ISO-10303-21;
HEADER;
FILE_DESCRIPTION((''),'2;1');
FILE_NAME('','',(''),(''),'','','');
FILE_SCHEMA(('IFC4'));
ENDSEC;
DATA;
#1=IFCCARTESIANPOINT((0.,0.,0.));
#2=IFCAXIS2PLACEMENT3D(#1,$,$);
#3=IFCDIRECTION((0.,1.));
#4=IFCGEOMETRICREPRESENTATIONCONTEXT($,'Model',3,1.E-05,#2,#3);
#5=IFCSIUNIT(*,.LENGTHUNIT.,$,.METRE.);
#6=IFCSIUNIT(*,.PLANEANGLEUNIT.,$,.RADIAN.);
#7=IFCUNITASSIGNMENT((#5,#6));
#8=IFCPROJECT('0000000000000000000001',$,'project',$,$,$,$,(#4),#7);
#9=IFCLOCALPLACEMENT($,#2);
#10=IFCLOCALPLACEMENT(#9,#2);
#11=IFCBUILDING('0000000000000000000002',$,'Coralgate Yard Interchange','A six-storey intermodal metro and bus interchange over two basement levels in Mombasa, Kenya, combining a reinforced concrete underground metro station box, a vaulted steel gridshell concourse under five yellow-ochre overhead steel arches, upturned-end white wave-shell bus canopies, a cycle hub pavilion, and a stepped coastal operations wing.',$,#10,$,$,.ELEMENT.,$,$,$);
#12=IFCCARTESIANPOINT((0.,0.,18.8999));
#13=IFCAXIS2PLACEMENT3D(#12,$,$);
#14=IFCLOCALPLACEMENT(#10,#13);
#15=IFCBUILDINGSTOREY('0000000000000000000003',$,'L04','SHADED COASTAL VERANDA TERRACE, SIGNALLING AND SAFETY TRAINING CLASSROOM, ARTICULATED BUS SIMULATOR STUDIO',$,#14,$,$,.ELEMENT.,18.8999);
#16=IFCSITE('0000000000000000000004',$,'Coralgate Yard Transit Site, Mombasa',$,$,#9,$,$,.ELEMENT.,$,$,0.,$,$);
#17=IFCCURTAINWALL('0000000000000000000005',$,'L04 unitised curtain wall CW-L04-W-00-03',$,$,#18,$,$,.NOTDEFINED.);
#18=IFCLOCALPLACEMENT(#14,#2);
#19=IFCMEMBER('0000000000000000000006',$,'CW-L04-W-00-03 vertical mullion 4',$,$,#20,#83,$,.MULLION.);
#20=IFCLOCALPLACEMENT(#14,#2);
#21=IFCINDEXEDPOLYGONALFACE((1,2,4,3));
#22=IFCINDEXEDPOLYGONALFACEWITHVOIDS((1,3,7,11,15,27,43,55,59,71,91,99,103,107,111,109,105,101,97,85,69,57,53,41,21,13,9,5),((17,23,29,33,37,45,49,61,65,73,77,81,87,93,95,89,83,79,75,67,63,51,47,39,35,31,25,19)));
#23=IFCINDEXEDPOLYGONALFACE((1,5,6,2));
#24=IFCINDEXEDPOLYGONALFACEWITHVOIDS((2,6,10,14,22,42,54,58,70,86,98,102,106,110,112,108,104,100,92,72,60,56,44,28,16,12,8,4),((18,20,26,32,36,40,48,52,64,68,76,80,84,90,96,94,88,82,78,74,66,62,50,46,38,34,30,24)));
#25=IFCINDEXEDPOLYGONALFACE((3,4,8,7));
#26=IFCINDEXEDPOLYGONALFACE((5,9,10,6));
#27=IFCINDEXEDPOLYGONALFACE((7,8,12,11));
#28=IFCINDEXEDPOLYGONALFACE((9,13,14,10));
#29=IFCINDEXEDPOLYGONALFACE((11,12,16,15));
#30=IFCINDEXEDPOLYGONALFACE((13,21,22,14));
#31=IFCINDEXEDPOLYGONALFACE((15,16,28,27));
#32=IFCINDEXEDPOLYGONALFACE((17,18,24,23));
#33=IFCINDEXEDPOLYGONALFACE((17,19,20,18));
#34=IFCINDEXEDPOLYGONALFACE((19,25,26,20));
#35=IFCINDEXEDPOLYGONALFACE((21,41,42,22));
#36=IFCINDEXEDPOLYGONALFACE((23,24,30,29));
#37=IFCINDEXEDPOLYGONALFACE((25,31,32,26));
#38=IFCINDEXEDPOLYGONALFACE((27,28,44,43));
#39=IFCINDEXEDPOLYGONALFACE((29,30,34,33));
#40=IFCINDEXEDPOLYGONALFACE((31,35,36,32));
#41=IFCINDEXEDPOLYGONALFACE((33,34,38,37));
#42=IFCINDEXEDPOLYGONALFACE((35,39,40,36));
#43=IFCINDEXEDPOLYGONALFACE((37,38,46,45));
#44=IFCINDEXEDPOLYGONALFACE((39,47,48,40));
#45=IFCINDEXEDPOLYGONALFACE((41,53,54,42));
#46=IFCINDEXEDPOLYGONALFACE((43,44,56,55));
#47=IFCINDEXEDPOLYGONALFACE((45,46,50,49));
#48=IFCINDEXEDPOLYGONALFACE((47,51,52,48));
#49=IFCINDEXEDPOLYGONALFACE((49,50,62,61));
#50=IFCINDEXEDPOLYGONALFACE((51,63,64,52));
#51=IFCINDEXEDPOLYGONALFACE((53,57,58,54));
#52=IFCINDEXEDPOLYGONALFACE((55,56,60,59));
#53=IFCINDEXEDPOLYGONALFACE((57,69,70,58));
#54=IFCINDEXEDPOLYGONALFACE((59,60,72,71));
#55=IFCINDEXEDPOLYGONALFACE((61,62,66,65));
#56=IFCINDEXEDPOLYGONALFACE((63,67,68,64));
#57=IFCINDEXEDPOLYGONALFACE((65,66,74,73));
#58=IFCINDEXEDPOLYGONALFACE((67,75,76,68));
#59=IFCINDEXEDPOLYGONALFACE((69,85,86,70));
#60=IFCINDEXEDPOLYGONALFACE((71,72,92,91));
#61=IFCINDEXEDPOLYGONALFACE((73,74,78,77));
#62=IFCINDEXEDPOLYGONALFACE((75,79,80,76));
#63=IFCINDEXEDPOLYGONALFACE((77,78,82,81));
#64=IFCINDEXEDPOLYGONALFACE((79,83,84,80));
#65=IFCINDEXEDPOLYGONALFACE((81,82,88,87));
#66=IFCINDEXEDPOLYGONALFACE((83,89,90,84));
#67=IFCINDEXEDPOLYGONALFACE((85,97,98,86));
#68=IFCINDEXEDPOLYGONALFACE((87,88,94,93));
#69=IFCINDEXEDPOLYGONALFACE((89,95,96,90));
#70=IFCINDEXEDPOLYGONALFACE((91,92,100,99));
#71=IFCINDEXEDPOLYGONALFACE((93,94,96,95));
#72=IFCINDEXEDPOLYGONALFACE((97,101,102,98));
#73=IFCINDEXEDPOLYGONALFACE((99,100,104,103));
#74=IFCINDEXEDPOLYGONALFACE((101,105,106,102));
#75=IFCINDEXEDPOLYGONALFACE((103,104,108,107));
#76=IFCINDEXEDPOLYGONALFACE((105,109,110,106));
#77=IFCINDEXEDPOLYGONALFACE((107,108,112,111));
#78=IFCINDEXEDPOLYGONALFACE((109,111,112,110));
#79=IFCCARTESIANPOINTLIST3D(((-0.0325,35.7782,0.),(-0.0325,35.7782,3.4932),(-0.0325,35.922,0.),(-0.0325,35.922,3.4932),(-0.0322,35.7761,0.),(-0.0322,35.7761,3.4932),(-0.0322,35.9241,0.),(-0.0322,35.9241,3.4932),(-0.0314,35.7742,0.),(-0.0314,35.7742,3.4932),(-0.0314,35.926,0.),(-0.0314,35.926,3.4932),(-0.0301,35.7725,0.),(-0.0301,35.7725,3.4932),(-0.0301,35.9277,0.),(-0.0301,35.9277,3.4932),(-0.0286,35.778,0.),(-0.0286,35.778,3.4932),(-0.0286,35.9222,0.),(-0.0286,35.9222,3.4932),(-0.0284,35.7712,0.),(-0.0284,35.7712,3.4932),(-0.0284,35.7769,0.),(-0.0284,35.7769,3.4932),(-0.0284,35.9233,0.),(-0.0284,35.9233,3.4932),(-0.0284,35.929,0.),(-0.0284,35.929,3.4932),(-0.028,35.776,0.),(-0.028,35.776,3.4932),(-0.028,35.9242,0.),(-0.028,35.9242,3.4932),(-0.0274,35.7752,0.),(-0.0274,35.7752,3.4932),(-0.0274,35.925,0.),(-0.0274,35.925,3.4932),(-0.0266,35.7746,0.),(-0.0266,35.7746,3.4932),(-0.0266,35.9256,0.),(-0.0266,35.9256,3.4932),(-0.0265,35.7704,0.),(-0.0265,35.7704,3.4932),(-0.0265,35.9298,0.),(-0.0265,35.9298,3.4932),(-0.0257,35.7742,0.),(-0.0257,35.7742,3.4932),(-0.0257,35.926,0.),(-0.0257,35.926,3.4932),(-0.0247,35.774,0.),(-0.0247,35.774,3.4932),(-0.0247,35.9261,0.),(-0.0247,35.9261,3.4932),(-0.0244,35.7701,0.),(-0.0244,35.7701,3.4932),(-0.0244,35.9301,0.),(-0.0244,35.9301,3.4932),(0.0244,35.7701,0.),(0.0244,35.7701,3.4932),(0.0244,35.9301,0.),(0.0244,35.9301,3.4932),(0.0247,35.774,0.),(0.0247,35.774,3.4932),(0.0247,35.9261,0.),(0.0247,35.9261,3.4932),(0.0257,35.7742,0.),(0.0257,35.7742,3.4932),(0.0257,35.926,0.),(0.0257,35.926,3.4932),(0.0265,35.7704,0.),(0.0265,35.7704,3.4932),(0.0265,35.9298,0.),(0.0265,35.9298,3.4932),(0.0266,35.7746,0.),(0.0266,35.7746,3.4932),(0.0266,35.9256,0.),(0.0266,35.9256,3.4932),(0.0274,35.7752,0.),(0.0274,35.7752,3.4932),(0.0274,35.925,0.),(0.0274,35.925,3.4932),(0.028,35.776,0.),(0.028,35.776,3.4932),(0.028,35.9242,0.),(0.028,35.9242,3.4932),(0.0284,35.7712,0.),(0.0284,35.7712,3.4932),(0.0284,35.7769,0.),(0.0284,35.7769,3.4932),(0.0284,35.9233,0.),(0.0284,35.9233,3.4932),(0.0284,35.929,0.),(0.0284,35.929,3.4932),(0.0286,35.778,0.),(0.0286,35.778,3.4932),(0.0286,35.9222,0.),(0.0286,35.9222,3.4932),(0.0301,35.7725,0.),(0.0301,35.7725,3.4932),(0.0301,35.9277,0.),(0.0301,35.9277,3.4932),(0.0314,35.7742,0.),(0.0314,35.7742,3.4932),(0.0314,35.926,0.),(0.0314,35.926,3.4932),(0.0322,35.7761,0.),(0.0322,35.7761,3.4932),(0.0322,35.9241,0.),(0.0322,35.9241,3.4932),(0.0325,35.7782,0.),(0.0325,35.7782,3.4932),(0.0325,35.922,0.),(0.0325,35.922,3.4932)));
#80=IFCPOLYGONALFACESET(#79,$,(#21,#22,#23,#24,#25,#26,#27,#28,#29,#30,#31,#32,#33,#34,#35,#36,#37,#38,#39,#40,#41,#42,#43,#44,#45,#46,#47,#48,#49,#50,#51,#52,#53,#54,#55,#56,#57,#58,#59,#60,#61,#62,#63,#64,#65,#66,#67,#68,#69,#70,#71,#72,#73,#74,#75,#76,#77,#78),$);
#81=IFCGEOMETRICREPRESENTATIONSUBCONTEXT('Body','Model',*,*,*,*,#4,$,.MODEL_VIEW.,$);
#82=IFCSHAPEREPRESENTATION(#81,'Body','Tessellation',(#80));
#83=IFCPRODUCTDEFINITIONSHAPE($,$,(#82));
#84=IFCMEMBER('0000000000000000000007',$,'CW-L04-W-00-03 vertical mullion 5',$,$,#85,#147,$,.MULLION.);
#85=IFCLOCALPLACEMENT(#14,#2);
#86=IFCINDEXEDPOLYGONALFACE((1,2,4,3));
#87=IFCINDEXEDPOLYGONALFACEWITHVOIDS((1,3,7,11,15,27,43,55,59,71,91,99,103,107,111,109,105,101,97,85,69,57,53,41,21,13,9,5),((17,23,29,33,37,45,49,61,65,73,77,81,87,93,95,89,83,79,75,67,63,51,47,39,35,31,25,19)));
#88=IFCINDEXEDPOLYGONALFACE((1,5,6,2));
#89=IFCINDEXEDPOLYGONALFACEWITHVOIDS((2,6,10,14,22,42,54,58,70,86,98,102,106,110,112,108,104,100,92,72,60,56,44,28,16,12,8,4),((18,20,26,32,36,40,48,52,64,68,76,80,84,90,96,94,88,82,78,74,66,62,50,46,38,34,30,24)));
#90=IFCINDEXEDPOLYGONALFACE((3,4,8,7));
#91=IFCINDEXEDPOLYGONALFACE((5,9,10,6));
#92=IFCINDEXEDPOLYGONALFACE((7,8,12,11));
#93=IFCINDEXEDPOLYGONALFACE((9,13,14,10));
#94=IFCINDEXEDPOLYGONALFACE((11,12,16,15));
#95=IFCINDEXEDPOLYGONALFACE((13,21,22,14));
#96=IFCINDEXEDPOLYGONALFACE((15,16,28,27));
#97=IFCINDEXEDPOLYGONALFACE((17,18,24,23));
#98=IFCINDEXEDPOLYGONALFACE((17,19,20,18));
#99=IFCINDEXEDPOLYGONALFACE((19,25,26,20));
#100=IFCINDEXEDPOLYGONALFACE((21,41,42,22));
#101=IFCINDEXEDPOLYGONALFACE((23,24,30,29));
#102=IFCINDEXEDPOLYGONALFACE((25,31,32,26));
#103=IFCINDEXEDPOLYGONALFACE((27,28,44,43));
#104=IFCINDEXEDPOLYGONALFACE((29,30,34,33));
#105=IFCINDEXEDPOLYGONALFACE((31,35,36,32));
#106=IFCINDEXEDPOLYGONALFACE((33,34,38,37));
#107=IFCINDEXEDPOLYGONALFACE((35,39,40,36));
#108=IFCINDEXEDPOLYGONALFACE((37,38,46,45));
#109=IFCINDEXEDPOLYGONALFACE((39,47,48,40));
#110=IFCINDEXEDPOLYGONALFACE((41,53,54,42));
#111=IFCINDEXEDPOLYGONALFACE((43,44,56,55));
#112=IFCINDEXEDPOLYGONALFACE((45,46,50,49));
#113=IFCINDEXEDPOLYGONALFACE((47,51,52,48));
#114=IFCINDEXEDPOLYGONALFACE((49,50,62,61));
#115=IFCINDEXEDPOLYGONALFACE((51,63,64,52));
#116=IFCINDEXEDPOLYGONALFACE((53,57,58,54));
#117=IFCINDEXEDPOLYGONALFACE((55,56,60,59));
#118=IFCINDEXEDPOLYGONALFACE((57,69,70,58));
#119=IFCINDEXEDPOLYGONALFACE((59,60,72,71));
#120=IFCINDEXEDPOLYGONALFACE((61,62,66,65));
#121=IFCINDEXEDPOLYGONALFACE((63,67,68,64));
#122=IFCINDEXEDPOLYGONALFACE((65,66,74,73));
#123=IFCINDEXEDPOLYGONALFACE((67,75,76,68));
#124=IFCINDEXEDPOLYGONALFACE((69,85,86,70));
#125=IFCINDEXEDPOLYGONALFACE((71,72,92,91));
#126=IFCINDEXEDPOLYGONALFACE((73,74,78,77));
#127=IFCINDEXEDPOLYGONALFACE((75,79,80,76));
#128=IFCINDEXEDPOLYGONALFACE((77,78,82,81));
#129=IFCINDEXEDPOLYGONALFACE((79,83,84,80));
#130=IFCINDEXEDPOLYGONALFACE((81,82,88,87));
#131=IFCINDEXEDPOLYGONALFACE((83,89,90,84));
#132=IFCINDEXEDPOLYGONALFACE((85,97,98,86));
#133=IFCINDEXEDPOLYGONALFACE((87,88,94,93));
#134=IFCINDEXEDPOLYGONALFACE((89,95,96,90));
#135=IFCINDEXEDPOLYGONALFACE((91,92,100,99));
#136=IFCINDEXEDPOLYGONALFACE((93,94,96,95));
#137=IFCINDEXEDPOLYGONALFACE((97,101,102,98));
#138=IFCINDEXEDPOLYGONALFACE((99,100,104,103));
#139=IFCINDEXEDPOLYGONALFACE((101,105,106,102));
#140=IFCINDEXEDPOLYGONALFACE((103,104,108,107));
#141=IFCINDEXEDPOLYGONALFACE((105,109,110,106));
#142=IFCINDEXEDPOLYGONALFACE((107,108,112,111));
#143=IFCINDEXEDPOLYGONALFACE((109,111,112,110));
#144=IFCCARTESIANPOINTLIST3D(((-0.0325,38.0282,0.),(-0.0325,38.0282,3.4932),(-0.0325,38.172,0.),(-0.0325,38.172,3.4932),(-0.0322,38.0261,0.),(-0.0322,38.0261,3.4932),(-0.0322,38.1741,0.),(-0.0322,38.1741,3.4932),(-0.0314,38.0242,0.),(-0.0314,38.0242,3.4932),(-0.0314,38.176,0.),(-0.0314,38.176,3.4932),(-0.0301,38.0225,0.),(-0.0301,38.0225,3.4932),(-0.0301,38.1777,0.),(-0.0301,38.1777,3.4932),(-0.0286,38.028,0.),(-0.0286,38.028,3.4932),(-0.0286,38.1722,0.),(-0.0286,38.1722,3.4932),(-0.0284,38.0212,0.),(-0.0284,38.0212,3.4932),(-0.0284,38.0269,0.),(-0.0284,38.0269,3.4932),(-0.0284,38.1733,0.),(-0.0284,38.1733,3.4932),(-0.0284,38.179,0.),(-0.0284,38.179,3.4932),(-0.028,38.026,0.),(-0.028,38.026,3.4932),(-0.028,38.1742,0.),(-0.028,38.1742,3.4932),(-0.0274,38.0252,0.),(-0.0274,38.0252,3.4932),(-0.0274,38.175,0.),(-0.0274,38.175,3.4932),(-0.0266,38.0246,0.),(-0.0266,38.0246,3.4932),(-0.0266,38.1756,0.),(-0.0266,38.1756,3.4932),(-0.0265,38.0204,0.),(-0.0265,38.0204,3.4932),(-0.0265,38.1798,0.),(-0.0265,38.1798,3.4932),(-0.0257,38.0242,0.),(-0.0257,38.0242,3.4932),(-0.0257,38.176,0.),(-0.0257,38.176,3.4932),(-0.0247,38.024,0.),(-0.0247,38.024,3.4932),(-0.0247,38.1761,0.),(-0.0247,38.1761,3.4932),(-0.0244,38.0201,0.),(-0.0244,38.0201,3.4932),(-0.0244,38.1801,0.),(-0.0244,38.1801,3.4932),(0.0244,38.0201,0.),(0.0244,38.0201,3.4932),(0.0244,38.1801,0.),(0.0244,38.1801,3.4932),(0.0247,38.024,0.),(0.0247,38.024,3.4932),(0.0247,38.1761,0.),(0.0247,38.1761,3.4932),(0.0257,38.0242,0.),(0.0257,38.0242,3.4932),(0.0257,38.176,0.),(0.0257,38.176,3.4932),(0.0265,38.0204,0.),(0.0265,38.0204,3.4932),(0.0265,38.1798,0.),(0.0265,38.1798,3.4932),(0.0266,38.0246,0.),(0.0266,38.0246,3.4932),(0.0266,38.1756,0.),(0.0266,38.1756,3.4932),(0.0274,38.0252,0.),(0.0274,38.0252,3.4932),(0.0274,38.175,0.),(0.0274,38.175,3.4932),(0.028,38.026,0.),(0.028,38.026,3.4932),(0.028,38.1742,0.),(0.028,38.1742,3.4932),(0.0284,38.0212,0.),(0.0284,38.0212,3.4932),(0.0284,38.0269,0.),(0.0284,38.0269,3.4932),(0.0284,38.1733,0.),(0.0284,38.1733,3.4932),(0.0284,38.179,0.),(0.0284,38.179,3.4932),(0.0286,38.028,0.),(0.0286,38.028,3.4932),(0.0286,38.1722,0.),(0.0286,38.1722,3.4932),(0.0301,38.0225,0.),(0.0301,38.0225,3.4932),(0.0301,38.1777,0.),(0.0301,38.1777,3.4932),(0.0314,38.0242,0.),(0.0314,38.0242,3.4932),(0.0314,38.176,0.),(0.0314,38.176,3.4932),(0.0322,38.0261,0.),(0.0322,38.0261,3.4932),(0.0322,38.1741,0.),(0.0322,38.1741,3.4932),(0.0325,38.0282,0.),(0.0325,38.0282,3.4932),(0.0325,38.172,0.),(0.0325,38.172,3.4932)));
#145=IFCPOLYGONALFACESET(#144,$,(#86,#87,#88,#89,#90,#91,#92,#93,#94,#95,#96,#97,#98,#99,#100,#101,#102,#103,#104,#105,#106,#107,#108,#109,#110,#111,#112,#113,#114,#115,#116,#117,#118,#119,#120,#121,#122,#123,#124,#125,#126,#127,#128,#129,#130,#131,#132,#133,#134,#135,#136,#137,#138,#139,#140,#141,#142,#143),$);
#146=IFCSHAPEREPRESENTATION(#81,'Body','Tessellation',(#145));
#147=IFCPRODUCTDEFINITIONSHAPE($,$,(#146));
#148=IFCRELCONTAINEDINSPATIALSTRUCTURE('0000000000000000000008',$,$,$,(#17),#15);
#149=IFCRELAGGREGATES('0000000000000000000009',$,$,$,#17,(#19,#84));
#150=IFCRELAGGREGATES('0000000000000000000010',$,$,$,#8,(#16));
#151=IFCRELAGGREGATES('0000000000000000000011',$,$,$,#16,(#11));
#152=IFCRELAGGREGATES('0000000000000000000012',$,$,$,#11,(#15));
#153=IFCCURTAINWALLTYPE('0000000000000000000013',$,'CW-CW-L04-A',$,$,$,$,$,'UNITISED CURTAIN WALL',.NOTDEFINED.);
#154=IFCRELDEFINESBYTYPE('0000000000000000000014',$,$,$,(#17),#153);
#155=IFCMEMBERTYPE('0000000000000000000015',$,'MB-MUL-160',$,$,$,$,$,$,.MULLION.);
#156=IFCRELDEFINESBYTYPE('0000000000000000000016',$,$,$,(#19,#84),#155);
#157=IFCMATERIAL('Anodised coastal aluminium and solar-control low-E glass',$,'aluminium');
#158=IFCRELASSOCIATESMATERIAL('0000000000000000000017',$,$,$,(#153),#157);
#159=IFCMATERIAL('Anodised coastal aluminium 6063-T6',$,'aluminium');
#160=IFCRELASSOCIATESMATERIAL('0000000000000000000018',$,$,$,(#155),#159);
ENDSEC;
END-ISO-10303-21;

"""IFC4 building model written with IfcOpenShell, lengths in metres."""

from ifc_helpers import new_model, si_unit, direction, frame, origin, origin_2d, place, context, subcontext, project, spatial, hollow_rectangle, extrude, material, material_profile, profile_set, type_object, element, aggregate, save


model = new_model("IFC4")

# Units and contexts
model_context = context("Model", 3, precision=1e-05, world=origin(), true_north=direction((0.0, 1.0)))
body_context = subcontext(model_context, "Body", "Model", "MODEL_VIEW")
ifc_project = project(units=[si_unit("LENGTHUNIT", "METRE"), si_unit("PLANEANGLEUNIT", "RADIAN")], contexts=[model_context])

# Site, building, storey
site_placement = place(None, origin())
site = spatial("IfcSite", under=ifc_project, at=site_placement, Name="Coralgate Yard Transit Site, Mombasa", CompositionType="ELEMENT", RefElevation=0.0)
building_placement = place(site_placement, origin())
building = spatial("IfcBuilding", under=site, at=building_placement, Name="Coralgate Yard Interchange", Description="A six-storey intermodal metro and bus interchange over two basement levels in Mombasa, Kenya, combining a reinforced concrete underground metro station box, a vaulted steel gridshell concourse under five yellow-ochre overhead steel arches, upturned-end white wave-shell bus canopies, a cycle hub pavilion, and a stepped coastal operations wing.", CompositionType="ELEMENT")
storey_placement = place(building_placement, frame((0.0, 0.0, 18.8999)))
storey = spatial("IfcBuildingStorey", under=building, at=storey_placement, Name="L04", Description="SHADED COASTAL VERANDA TERRACE, SIGNALLING AND SAFETY TRAINING CLASSROOM, ARTICULATED BUS SIMULATOR STUDIO", CompositionType="ELEMENT", Elevation=18.8999)

# Curtain wall, members
ifc_material_1 = material(Name="Anodised coastal aluminium and solar-control low-E glass", Category="aluminium")
curtain_wall_type = type_object("IfcCurtainWallType", Name="CW-CW-L04-A", ElementType="UNITISED CURTAIN WALL", PredefinedType="NOTDEFINED", material=ifc_material_1)
curtain_wall_1_placement = place(storey_placement, origin())
curtain_wall_1 = element("IfcCurtainWall", 1, at=curtain_wall_1_placement, inside=storey, type_object=curtain_wall_type, Name="L04 unitised curtain wall CW-L04-W-00-03", PredefinedType="NOTDEFINED")
ifc_material_2 = material(Name="Anodised coastal aluminium 6063-T6", Category="aluminium")
ifc_material_profile_1 = material_profile(ifc_material_2, hollow_rectangle(XDim=0.0649, YDim=0.1599, WallThickness=0.0039, InnerFilletRadius=0.0039, OuterFilletRadius=0.0081, at=origin_2d()), Name="ALU 65x160x4")
ifc_profile_set_1 = profile_set([ifc_material_profile_1], Name="Anodised coastal aluminium 6063-T6")
member_type_1 = type_object("IfcMemberType", Name="MB-MUL-160", PredefinedType="MULLION", material=ifc_profile_set_1)
member_1_placement = place(storey_placement, frame((0.0, 35.8501, 0.0), z_axis=(0.0, 0.0, 1.0), x_axis=(1.0, 0.0, 0.0)))
member_1 = element("IfcMember", 2, at=member_1_placement, type_object=member_type_1, Name="CW-L04-W-00-03 vertical mullion 4", PredefinedType="MULLION", context=body_context, shape_type="SweptSolid", body=[
    extrude(hollow_rectangle(XDim=0.0649, YDim=0.1599, WallThickness=0.0039, InnerFilletRadius=0.0039, OuterFilletRadius=0.0081, at=origin_2d()), origin(), (0.0, 0.0, 1.0), 3.4932),
])
member_2_placement = place(storey_placement, frame((0.0, 38.1001, 0.0), z_axis=(0.0, 0.0, 1.0), x_axis=(1.0, 0.0, 0.0)))
member_2 = element("IfcMember", 3, at=member_2_placement, type_object=member_type_1, Name="CW-L04-W-00-03 vertical mullion 5", PredefinedType="MULLION", context=body_context, shape_type="SweptSolid", body=[
    extrude(hollow_rectangle(XDim=0.0649, YDim=0.1599, WallThickness=0.0039, InnerFilletRadius=0.0039, OuterFilletRadius=0.0081, at=origin_2d()), origin(), (0.0, 0.0, 1.0), 3.4932),
])

aggregate(curtain_wall_1, [member_1, member_2])

save(model, "model.ifc")
